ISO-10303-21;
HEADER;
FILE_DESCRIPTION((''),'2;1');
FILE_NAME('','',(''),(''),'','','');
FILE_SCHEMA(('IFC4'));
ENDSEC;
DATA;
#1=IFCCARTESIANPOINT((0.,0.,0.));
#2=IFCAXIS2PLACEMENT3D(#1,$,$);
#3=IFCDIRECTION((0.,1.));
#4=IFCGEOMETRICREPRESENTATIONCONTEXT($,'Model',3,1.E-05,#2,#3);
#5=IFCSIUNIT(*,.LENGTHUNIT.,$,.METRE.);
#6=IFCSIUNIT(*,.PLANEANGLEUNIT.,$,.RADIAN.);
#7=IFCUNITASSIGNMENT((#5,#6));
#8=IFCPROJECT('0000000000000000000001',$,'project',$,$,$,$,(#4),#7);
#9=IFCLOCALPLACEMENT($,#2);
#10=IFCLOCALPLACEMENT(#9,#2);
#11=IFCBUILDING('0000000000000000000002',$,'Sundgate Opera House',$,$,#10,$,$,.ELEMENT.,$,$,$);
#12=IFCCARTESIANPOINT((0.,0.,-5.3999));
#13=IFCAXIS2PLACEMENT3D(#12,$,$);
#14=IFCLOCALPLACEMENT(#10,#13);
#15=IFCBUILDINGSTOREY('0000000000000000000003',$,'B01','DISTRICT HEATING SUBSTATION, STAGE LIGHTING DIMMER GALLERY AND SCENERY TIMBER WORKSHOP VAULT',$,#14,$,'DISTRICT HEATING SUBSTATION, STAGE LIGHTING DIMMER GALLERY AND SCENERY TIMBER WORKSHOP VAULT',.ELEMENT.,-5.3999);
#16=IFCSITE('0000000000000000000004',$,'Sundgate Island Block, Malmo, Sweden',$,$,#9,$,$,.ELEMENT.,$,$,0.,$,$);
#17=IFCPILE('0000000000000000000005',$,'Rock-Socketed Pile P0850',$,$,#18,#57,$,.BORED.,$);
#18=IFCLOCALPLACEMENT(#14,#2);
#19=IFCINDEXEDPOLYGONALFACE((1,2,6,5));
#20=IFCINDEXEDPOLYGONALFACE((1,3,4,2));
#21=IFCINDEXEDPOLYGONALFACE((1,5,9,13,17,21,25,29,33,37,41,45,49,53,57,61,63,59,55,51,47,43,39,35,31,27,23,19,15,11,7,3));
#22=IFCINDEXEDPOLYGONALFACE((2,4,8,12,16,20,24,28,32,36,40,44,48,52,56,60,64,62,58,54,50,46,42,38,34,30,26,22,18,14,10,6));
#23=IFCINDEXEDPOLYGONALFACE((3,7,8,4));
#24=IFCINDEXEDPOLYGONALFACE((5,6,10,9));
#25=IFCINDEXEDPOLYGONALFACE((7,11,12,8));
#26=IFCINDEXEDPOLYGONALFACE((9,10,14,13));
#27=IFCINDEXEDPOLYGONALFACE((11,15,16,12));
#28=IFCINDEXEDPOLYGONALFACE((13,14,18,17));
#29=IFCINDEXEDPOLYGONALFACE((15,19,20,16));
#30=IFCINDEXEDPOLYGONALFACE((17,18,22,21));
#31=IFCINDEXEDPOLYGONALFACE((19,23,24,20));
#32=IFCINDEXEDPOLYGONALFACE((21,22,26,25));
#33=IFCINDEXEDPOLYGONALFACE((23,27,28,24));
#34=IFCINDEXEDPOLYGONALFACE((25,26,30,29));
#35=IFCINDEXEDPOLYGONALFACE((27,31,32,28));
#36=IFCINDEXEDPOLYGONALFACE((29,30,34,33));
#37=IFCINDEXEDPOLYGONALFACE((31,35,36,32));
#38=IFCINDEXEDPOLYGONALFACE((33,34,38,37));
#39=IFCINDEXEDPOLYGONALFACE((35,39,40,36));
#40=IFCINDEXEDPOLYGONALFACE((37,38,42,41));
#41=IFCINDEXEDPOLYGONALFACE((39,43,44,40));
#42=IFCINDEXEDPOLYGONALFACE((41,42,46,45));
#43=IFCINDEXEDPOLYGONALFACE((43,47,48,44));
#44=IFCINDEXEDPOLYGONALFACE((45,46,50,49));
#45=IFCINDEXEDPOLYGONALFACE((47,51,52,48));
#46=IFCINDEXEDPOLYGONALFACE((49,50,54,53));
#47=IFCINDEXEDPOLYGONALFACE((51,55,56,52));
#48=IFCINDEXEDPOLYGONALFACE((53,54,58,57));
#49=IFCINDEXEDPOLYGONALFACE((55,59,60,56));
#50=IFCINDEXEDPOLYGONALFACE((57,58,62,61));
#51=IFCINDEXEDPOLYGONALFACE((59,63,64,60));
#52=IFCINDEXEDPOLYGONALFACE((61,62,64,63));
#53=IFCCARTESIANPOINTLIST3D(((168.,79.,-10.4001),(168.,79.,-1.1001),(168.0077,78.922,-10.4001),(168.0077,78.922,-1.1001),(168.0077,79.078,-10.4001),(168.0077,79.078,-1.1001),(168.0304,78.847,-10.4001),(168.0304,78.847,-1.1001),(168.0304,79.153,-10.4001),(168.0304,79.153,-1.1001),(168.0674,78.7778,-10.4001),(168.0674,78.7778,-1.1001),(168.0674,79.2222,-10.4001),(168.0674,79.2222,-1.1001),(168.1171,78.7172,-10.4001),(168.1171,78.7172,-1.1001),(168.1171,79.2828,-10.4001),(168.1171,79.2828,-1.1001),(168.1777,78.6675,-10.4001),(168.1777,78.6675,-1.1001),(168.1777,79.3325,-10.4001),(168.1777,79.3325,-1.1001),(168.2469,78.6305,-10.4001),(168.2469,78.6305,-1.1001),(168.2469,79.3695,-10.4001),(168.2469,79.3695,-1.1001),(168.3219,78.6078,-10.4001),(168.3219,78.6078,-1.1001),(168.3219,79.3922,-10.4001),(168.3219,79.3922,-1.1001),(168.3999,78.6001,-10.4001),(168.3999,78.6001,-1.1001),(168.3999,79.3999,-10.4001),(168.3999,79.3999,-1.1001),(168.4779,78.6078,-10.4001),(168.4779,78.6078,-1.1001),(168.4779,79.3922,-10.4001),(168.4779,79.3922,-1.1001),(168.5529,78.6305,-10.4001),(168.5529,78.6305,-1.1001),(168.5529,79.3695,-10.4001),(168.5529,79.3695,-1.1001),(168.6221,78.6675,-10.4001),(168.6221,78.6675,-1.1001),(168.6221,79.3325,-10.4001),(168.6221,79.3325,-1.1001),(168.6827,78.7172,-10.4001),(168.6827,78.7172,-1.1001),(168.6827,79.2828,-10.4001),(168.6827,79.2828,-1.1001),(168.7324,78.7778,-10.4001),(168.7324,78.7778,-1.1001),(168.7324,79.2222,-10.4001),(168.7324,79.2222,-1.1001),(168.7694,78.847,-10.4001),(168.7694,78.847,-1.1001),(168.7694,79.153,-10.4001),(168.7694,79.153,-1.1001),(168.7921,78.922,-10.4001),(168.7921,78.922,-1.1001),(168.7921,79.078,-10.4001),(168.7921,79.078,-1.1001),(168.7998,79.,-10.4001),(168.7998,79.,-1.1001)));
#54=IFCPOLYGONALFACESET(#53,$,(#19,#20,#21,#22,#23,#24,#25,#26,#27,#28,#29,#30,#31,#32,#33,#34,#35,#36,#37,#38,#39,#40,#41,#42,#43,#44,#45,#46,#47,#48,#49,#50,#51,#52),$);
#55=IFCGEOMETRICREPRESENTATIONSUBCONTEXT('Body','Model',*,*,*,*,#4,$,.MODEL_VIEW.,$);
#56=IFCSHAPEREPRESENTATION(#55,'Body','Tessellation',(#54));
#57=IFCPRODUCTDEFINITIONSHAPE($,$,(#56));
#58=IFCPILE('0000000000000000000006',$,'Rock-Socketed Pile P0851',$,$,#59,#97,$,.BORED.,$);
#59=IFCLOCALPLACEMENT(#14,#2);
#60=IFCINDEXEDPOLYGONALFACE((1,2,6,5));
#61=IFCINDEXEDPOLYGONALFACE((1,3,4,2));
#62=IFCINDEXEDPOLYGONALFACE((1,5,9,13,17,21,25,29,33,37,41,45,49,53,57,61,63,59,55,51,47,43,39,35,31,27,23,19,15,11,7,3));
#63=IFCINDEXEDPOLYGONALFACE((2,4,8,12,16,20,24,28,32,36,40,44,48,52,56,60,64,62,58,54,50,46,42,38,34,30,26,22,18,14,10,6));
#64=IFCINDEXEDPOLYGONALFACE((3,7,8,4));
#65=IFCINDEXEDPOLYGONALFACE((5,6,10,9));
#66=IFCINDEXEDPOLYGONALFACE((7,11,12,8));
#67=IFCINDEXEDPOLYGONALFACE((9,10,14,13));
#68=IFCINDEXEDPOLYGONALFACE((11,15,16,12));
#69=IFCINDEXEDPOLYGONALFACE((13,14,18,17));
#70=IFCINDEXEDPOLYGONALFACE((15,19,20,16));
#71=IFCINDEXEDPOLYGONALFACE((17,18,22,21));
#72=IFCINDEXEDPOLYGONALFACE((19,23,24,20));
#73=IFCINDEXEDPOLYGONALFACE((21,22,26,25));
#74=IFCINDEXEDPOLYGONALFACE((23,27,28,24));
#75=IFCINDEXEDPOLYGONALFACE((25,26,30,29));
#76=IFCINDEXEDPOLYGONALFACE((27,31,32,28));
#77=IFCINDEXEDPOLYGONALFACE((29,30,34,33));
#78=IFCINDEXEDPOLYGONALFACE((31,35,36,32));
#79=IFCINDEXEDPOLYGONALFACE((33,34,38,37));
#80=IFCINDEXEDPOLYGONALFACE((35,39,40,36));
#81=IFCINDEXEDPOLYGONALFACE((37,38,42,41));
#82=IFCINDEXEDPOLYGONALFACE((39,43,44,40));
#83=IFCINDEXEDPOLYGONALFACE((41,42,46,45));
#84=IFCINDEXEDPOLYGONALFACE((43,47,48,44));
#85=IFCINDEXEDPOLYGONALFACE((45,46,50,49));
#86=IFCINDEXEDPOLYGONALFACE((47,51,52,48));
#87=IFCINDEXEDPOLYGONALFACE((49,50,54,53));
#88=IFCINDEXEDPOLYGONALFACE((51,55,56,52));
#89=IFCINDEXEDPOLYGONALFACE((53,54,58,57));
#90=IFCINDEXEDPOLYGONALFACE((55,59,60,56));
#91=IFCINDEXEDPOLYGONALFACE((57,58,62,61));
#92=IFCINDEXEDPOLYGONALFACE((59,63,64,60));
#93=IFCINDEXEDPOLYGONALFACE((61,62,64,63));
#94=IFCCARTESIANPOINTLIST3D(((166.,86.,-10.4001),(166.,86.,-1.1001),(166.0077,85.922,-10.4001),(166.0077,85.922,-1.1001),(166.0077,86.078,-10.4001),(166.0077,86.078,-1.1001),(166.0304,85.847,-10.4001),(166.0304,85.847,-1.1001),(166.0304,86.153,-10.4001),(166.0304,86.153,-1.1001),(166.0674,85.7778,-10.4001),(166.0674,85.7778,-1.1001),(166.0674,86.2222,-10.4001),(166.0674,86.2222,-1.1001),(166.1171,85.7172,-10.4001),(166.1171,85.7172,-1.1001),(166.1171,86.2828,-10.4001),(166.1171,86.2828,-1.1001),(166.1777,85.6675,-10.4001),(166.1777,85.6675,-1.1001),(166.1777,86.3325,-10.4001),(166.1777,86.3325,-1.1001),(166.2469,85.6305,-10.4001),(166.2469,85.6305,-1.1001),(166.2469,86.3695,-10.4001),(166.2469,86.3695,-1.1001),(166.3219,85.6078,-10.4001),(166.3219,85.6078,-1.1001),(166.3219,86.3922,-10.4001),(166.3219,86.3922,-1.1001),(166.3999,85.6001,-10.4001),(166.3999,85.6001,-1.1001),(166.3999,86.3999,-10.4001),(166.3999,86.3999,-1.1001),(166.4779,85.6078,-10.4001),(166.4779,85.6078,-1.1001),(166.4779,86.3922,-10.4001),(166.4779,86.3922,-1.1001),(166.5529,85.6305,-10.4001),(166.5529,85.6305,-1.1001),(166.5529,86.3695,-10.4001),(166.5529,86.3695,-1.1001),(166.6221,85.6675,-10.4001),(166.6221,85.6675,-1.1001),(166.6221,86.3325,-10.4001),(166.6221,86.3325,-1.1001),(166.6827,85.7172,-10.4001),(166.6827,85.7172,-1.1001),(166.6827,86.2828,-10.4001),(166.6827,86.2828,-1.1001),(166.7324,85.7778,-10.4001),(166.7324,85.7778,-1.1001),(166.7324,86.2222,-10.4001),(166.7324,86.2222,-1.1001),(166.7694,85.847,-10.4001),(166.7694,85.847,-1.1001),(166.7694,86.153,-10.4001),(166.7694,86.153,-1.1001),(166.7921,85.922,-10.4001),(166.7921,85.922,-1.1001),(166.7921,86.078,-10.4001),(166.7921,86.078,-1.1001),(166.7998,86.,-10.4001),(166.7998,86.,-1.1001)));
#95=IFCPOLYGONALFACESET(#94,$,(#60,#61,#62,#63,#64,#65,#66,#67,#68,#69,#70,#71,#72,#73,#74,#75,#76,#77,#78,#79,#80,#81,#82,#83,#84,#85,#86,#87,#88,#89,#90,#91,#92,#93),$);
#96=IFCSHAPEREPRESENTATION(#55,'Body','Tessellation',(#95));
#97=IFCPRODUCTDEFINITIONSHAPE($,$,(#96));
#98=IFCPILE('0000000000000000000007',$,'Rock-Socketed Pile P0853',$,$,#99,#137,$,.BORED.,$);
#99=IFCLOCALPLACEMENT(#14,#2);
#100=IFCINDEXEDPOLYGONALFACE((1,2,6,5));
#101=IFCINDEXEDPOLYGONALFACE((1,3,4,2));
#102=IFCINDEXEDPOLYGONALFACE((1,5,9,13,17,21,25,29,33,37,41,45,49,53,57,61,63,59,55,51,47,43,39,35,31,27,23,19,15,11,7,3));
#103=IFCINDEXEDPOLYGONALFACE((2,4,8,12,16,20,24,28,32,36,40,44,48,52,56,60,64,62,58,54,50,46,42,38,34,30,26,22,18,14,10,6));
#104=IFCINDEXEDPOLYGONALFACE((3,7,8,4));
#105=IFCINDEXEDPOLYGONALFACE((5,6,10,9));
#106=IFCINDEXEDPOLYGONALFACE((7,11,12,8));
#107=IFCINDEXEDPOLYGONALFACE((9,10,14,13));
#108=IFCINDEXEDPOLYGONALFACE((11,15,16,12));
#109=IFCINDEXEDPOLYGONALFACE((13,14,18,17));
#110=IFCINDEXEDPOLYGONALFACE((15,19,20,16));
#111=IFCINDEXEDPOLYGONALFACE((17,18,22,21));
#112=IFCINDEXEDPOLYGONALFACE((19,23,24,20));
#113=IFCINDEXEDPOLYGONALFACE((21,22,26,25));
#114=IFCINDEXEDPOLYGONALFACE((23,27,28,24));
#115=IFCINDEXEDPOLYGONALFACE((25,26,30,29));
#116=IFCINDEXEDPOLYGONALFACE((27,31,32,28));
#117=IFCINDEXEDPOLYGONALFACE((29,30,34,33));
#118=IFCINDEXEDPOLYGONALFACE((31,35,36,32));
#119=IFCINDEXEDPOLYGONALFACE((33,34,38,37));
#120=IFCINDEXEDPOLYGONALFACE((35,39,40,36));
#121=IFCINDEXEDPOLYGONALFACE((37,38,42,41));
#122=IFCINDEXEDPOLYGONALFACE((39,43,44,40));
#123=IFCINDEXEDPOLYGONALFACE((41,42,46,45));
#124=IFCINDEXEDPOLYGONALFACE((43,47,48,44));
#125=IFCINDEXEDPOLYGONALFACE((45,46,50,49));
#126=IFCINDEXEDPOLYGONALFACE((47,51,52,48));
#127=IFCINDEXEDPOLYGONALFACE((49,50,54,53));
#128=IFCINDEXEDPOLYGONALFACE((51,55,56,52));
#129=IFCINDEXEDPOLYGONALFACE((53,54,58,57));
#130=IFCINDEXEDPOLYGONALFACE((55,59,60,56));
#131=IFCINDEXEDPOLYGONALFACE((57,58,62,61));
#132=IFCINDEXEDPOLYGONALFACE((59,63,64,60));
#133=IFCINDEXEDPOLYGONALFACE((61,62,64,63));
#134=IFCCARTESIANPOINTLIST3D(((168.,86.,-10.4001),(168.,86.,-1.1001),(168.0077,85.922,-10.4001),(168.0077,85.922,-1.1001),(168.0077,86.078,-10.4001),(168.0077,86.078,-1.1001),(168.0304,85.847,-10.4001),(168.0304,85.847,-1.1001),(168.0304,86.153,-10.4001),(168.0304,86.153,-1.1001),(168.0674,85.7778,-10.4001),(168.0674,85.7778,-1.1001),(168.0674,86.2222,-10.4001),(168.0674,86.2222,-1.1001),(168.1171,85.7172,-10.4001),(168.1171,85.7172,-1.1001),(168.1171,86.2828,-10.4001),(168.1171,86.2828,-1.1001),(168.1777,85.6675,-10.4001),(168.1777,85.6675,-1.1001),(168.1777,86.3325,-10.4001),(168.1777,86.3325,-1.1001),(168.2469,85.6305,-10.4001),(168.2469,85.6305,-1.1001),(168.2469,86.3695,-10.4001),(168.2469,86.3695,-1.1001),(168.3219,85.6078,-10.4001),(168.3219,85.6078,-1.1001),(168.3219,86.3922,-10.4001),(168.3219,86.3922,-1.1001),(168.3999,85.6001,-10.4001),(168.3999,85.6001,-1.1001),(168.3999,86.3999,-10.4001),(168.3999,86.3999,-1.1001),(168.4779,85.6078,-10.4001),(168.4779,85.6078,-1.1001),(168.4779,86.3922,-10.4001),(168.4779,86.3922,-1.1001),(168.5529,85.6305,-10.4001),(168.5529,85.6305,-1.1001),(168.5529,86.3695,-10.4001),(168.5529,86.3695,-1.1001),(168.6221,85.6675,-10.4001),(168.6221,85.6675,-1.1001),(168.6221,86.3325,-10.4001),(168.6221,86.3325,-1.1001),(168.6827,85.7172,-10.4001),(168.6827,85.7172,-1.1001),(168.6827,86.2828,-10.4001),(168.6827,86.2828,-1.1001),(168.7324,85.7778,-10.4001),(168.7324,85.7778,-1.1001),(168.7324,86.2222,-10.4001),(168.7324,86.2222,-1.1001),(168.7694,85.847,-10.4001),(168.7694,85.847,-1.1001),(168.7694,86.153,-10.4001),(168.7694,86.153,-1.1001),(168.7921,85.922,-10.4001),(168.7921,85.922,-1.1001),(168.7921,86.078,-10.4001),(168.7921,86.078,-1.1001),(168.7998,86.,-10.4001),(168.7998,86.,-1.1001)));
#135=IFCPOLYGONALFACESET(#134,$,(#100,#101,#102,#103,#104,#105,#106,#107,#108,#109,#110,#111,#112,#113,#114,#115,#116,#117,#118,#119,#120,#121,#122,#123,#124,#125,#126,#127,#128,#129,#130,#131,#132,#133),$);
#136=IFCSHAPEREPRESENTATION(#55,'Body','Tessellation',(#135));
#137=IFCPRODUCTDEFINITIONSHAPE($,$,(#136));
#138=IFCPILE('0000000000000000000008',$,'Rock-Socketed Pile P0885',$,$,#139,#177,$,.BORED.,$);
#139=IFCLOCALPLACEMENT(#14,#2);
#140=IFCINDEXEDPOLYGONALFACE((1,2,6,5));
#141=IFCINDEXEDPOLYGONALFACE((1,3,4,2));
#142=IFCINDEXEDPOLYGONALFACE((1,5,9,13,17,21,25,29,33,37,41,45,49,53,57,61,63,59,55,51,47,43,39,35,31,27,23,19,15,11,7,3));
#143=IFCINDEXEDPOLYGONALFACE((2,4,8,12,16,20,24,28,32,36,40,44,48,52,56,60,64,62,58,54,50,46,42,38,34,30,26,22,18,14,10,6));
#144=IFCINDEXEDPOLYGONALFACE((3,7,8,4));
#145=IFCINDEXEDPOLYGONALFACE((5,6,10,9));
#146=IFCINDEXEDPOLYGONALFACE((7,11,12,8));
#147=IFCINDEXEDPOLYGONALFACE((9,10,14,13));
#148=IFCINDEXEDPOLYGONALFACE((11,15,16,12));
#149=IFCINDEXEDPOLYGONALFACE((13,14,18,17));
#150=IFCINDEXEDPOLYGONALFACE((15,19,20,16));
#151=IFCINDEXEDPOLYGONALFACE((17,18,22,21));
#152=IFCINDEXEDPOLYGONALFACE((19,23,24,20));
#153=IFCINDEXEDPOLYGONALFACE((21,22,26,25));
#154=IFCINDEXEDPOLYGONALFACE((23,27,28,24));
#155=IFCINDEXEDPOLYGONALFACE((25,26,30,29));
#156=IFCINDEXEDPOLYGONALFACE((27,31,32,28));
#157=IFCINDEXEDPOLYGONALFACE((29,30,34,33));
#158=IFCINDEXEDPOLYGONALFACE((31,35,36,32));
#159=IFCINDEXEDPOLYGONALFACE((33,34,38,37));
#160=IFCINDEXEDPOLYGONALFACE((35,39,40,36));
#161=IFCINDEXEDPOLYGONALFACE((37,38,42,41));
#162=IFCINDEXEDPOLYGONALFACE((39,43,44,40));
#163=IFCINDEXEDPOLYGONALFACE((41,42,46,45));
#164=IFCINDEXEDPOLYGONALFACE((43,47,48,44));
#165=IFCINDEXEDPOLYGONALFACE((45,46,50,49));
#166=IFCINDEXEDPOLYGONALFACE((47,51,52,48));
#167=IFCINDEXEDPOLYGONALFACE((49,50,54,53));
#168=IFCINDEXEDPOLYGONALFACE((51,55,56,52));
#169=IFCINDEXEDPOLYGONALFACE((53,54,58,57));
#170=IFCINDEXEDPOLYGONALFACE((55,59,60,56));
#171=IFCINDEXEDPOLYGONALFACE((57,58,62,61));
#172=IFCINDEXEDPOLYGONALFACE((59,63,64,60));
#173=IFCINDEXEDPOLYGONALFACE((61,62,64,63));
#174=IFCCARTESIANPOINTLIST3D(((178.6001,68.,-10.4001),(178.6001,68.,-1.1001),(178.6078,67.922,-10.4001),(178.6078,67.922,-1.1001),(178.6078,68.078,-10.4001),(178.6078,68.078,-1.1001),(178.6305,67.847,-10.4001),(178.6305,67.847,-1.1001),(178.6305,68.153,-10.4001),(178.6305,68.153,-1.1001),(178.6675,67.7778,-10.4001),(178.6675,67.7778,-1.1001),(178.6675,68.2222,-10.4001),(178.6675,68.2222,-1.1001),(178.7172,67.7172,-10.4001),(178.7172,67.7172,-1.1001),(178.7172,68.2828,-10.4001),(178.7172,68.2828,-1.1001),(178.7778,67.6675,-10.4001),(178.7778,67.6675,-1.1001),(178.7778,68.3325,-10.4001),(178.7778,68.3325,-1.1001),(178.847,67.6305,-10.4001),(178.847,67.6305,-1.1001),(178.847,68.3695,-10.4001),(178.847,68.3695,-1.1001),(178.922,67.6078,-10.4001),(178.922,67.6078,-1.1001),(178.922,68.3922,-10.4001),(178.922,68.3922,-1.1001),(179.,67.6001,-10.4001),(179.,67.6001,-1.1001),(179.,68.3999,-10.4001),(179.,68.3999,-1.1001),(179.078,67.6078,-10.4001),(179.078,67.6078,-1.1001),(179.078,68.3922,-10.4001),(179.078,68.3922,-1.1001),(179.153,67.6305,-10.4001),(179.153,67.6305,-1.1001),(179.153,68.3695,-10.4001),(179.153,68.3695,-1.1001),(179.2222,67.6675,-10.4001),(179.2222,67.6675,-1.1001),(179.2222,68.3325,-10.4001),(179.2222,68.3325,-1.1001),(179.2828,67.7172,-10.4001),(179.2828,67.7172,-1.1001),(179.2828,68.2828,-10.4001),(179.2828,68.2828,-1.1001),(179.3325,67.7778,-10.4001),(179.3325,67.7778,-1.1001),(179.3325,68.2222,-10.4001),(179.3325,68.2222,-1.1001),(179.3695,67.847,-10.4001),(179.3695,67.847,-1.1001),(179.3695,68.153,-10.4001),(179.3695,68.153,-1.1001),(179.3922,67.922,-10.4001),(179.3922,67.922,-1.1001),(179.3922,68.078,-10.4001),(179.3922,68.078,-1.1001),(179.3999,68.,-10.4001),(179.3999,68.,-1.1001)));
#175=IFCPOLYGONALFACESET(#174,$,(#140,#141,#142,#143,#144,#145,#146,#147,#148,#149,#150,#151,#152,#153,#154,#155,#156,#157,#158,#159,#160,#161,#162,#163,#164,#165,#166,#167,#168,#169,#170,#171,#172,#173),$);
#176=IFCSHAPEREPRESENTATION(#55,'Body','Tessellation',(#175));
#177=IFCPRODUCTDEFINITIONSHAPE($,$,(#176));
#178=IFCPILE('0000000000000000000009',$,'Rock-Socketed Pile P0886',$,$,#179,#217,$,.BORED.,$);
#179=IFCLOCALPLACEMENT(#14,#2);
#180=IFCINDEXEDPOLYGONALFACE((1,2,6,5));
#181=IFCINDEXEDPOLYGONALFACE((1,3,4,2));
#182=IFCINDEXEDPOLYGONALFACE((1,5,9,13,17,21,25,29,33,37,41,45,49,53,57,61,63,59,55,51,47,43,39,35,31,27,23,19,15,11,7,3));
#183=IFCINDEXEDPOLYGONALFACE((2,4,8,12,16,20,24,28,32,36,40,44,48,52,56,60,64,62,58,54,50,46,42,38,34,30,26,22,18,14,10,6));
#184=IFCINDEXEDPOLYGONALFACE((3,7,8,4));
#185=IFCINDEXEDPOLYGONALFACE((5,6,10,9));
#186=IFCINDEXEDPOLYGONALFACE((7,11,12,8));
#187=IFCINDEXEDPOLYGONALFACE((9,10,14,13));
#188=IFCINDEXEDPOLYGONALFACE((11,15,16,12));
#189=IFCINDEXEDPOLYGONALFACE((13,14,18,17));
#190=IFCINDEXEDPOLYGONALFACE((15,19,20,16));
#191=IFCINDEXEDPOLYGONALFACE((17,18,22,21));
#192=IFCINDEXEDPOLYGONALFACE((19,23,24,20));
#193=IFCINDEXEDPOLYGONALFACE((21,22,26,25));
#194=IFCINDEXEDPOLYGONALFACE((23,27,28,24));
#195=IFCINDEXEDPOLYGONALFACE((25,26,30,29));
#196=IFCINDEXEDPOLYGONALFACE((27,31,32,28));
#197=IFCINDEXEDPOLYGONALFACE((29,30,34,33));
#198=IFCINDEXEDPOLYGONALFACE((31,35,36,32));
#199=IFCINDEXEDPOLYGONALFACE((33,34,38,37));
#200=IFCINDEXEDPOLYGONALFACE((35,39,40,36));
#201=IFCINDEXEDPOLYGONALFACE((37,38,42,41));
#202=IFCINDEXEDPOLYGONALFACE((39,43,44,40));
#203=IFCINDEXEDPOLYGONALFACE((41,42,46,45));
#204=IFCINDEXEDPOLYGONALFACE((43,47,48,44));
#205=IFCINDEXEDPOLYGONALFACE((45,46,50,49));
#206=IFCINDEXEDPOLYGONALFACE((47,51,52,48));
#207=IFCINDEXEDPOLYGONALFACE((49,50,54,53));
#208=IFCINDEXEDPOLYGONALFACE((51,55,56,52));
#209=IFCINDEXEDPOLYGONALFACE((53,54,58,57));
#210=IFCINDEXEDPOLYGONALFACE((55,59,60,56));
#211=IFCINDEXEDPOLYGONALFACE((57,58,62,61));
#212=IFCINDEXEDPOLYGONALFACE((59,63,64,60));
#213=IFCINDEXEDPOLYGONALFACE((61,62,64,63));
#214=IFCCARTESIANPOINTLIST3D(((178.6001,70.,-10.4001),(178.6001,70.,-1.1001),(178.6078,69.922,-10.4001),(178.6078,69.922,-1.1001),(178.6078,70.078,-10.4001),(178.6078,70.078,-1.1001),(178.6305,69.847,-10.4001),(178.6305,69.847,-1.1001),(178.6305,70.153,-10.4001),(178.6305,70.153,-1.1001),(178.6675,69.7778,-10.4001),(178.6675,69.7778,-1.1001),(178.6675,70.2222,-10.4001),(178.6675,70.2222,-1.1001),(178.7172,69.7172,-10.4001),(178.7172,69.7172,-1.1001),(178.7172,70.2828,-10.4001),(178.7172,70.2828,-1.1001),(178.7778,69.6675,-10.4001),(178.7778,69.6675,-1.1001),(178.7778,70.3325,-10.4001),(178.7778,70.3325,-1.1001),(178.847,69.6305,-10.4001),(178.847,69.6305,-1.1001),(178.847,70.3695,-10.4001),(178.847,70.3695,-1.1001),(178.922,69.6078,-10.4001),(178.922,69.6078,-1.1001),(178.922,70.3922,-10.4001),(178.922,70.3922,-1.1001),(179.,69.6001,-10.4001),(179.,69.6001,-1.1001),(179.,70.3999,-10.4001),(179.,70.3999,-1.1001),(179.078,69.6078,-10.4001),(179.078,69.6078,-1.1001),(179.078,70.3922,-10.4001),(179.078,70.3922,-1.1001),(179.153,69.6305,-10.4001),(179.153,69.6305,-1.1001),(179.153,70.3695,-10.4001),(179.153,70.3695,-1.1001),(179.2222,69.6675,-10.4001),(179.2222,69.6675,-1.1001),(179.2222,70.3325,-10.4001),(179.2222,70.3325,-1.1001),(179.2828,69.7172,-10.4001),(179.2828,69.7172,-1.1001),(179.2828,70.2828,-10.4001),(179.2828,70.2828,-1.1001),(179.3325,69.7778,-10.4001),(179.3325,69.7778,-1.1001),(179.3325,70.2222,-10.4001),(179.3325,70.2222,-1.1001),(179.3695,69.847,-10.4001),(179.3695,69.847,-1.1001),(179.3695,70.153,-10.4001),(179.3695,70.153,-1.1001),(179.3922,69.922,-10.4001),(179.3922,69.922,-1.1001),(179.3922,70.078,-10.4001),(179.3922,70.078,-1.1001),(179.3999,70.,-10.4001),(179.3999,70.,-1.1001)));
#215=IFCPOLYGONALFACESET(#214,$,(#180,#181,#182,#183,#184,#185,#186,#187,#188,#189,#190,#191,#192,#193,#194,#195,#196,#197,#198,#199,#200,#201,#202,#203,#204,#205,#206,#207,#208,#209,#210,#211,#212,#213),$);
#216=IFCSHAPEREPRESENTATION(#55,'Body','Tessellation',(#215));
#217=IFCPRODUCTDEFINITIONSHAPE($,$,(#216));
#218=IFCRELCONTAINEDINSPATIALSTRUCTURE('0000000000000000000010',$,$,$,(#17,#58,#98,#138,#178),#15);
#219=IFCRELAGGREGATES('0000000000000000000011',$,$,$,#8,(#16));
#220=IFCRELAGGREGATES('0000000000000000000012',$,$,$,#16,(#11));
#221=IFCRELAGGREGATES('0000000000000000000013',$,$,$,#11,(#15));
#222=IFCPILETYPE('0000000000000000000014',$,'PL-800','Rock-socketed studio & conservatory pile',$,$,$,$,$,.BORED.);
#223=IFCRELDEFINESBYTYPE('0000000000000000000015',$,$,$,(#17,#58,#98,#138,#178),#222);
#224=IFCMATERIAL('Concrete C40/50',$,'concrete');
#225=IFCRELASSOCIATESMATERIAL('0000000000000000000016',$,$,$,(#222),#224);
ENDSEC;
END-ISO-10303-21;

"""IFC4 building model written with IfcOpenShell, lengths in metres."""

from ifc_helpers import new_model, si_unit, direction, frame, origin, origin_2d, place, context, subcontext, project, spatial, circle, extrude, material, material_profile, profile_set, type_object, element, save


model = new_model("IFC4")

# Units and contexts
model_context = context("Model", 3, precision=1e-05, world=origin(), true_north=direction((0.0, 1.0)))
body_context = subcontext(model_context, "Body", "Model", "MODEL_VIEW")
ifc_project = project(units=[si_unit("LENGTHUNIT", "METRE"), si_unit("PLANEANGLEUNIT", "RADIAN")], contexts=[model_context])

# Site, building, storey
site_placement = place(None, origin())
site = spatial("IfcSite", under=ifc_project, at=site_placement, Name="Sundgate Island Block, Malmo, Sweden", CompositionType="ELEMENT", RefElevation=0.0)
building_placement = place(site_placement, origin())
building = spatial("IfcBuilding", under=site, at=building_placement, Name="Sundgate Opera House", CompositionType="ELEMENT")
storey_placement = place(building_placement, frame((0.0, 0.0, -5.3999)))
storey = spatial("IfcBuildingStorey", under=building, at=storey_placement, Name="B01", Description="DISTRICT HEATING SUBSTATION, STAGE LIGHTING DIMMER GALLERY AND SCENERY TIMBER WORKSHOP VAULT", LongName="DISTRICT HEATING SUBSTATION, STAGE LIGHTING DIMMER GALLERY AND SCENERY TIMBER WORKSHOP VAULT", CompositionType="ELEMENT", Elevation=-5.3999)

# Piles
ifc_material_1 = material(Name="Concrete C40/50", Category="concrete")
ifc_material_profile_1 = material_profile(ifc_material_1, circle(Radius=0.3999, at=origin_2d()), Name="PILE D800")
ifc_profile_set_1 = profile_set([ifc_material_profile_1], Name="Concrete C40/50")
pile_type = type_object("IfcPileType", Name="PL-800", Description="Rock-socketed studio & conservatory pile", PredefinedType="BORED", material=ifc_profile_set_1)
for number, where, z_axis, x_axis, name in (
    (1, (168.3999, 79.0, -1.1001), (0.0, 0.0, -1.0), (1.0, 0.0, 0.0), "Rock-Socketed Pile P0850"),
    (2, (166.3999, 86.0, -1.1001), (0.0, 0.0, -1.0), (1.0, 0.0, 0.0), "Rock-Socketed Pile P0851"),
    (3, (168.3999, 86.0, -1.1001), (0.0, 0.0, -1.0), (1.0, 0.0, 0.0), "Rock-Socketed Pile P0853"),
    (4, (179.0, 68.0, -1.1001), (0.0, 0.0, -1.0), (1.0, 0.0, 0.0), "Rock-Socketed Pile P0885"),
    (5, (179.0, 70.0, -1.1001), (0.0, 0.0, -1.0), (1.0, 0.0, 0.0), "Rock-Socketed Pile P0886"),
):
    element("IfcPile", number, at=place(storey_placement, frame(where, z_axis=z_axis, x_axis=x_axis)), inside=storey, type_object=pile_type, Name=name, PredefinedType="BORED", context=body_context, shape_type="SweptSolid", body=[
        extrude(circle(Radius=0.3999, at=origin_2d()), origin(), (0.0, 0.0, 1.0), 9.3),
    ])

save(model, "model.ifc")
